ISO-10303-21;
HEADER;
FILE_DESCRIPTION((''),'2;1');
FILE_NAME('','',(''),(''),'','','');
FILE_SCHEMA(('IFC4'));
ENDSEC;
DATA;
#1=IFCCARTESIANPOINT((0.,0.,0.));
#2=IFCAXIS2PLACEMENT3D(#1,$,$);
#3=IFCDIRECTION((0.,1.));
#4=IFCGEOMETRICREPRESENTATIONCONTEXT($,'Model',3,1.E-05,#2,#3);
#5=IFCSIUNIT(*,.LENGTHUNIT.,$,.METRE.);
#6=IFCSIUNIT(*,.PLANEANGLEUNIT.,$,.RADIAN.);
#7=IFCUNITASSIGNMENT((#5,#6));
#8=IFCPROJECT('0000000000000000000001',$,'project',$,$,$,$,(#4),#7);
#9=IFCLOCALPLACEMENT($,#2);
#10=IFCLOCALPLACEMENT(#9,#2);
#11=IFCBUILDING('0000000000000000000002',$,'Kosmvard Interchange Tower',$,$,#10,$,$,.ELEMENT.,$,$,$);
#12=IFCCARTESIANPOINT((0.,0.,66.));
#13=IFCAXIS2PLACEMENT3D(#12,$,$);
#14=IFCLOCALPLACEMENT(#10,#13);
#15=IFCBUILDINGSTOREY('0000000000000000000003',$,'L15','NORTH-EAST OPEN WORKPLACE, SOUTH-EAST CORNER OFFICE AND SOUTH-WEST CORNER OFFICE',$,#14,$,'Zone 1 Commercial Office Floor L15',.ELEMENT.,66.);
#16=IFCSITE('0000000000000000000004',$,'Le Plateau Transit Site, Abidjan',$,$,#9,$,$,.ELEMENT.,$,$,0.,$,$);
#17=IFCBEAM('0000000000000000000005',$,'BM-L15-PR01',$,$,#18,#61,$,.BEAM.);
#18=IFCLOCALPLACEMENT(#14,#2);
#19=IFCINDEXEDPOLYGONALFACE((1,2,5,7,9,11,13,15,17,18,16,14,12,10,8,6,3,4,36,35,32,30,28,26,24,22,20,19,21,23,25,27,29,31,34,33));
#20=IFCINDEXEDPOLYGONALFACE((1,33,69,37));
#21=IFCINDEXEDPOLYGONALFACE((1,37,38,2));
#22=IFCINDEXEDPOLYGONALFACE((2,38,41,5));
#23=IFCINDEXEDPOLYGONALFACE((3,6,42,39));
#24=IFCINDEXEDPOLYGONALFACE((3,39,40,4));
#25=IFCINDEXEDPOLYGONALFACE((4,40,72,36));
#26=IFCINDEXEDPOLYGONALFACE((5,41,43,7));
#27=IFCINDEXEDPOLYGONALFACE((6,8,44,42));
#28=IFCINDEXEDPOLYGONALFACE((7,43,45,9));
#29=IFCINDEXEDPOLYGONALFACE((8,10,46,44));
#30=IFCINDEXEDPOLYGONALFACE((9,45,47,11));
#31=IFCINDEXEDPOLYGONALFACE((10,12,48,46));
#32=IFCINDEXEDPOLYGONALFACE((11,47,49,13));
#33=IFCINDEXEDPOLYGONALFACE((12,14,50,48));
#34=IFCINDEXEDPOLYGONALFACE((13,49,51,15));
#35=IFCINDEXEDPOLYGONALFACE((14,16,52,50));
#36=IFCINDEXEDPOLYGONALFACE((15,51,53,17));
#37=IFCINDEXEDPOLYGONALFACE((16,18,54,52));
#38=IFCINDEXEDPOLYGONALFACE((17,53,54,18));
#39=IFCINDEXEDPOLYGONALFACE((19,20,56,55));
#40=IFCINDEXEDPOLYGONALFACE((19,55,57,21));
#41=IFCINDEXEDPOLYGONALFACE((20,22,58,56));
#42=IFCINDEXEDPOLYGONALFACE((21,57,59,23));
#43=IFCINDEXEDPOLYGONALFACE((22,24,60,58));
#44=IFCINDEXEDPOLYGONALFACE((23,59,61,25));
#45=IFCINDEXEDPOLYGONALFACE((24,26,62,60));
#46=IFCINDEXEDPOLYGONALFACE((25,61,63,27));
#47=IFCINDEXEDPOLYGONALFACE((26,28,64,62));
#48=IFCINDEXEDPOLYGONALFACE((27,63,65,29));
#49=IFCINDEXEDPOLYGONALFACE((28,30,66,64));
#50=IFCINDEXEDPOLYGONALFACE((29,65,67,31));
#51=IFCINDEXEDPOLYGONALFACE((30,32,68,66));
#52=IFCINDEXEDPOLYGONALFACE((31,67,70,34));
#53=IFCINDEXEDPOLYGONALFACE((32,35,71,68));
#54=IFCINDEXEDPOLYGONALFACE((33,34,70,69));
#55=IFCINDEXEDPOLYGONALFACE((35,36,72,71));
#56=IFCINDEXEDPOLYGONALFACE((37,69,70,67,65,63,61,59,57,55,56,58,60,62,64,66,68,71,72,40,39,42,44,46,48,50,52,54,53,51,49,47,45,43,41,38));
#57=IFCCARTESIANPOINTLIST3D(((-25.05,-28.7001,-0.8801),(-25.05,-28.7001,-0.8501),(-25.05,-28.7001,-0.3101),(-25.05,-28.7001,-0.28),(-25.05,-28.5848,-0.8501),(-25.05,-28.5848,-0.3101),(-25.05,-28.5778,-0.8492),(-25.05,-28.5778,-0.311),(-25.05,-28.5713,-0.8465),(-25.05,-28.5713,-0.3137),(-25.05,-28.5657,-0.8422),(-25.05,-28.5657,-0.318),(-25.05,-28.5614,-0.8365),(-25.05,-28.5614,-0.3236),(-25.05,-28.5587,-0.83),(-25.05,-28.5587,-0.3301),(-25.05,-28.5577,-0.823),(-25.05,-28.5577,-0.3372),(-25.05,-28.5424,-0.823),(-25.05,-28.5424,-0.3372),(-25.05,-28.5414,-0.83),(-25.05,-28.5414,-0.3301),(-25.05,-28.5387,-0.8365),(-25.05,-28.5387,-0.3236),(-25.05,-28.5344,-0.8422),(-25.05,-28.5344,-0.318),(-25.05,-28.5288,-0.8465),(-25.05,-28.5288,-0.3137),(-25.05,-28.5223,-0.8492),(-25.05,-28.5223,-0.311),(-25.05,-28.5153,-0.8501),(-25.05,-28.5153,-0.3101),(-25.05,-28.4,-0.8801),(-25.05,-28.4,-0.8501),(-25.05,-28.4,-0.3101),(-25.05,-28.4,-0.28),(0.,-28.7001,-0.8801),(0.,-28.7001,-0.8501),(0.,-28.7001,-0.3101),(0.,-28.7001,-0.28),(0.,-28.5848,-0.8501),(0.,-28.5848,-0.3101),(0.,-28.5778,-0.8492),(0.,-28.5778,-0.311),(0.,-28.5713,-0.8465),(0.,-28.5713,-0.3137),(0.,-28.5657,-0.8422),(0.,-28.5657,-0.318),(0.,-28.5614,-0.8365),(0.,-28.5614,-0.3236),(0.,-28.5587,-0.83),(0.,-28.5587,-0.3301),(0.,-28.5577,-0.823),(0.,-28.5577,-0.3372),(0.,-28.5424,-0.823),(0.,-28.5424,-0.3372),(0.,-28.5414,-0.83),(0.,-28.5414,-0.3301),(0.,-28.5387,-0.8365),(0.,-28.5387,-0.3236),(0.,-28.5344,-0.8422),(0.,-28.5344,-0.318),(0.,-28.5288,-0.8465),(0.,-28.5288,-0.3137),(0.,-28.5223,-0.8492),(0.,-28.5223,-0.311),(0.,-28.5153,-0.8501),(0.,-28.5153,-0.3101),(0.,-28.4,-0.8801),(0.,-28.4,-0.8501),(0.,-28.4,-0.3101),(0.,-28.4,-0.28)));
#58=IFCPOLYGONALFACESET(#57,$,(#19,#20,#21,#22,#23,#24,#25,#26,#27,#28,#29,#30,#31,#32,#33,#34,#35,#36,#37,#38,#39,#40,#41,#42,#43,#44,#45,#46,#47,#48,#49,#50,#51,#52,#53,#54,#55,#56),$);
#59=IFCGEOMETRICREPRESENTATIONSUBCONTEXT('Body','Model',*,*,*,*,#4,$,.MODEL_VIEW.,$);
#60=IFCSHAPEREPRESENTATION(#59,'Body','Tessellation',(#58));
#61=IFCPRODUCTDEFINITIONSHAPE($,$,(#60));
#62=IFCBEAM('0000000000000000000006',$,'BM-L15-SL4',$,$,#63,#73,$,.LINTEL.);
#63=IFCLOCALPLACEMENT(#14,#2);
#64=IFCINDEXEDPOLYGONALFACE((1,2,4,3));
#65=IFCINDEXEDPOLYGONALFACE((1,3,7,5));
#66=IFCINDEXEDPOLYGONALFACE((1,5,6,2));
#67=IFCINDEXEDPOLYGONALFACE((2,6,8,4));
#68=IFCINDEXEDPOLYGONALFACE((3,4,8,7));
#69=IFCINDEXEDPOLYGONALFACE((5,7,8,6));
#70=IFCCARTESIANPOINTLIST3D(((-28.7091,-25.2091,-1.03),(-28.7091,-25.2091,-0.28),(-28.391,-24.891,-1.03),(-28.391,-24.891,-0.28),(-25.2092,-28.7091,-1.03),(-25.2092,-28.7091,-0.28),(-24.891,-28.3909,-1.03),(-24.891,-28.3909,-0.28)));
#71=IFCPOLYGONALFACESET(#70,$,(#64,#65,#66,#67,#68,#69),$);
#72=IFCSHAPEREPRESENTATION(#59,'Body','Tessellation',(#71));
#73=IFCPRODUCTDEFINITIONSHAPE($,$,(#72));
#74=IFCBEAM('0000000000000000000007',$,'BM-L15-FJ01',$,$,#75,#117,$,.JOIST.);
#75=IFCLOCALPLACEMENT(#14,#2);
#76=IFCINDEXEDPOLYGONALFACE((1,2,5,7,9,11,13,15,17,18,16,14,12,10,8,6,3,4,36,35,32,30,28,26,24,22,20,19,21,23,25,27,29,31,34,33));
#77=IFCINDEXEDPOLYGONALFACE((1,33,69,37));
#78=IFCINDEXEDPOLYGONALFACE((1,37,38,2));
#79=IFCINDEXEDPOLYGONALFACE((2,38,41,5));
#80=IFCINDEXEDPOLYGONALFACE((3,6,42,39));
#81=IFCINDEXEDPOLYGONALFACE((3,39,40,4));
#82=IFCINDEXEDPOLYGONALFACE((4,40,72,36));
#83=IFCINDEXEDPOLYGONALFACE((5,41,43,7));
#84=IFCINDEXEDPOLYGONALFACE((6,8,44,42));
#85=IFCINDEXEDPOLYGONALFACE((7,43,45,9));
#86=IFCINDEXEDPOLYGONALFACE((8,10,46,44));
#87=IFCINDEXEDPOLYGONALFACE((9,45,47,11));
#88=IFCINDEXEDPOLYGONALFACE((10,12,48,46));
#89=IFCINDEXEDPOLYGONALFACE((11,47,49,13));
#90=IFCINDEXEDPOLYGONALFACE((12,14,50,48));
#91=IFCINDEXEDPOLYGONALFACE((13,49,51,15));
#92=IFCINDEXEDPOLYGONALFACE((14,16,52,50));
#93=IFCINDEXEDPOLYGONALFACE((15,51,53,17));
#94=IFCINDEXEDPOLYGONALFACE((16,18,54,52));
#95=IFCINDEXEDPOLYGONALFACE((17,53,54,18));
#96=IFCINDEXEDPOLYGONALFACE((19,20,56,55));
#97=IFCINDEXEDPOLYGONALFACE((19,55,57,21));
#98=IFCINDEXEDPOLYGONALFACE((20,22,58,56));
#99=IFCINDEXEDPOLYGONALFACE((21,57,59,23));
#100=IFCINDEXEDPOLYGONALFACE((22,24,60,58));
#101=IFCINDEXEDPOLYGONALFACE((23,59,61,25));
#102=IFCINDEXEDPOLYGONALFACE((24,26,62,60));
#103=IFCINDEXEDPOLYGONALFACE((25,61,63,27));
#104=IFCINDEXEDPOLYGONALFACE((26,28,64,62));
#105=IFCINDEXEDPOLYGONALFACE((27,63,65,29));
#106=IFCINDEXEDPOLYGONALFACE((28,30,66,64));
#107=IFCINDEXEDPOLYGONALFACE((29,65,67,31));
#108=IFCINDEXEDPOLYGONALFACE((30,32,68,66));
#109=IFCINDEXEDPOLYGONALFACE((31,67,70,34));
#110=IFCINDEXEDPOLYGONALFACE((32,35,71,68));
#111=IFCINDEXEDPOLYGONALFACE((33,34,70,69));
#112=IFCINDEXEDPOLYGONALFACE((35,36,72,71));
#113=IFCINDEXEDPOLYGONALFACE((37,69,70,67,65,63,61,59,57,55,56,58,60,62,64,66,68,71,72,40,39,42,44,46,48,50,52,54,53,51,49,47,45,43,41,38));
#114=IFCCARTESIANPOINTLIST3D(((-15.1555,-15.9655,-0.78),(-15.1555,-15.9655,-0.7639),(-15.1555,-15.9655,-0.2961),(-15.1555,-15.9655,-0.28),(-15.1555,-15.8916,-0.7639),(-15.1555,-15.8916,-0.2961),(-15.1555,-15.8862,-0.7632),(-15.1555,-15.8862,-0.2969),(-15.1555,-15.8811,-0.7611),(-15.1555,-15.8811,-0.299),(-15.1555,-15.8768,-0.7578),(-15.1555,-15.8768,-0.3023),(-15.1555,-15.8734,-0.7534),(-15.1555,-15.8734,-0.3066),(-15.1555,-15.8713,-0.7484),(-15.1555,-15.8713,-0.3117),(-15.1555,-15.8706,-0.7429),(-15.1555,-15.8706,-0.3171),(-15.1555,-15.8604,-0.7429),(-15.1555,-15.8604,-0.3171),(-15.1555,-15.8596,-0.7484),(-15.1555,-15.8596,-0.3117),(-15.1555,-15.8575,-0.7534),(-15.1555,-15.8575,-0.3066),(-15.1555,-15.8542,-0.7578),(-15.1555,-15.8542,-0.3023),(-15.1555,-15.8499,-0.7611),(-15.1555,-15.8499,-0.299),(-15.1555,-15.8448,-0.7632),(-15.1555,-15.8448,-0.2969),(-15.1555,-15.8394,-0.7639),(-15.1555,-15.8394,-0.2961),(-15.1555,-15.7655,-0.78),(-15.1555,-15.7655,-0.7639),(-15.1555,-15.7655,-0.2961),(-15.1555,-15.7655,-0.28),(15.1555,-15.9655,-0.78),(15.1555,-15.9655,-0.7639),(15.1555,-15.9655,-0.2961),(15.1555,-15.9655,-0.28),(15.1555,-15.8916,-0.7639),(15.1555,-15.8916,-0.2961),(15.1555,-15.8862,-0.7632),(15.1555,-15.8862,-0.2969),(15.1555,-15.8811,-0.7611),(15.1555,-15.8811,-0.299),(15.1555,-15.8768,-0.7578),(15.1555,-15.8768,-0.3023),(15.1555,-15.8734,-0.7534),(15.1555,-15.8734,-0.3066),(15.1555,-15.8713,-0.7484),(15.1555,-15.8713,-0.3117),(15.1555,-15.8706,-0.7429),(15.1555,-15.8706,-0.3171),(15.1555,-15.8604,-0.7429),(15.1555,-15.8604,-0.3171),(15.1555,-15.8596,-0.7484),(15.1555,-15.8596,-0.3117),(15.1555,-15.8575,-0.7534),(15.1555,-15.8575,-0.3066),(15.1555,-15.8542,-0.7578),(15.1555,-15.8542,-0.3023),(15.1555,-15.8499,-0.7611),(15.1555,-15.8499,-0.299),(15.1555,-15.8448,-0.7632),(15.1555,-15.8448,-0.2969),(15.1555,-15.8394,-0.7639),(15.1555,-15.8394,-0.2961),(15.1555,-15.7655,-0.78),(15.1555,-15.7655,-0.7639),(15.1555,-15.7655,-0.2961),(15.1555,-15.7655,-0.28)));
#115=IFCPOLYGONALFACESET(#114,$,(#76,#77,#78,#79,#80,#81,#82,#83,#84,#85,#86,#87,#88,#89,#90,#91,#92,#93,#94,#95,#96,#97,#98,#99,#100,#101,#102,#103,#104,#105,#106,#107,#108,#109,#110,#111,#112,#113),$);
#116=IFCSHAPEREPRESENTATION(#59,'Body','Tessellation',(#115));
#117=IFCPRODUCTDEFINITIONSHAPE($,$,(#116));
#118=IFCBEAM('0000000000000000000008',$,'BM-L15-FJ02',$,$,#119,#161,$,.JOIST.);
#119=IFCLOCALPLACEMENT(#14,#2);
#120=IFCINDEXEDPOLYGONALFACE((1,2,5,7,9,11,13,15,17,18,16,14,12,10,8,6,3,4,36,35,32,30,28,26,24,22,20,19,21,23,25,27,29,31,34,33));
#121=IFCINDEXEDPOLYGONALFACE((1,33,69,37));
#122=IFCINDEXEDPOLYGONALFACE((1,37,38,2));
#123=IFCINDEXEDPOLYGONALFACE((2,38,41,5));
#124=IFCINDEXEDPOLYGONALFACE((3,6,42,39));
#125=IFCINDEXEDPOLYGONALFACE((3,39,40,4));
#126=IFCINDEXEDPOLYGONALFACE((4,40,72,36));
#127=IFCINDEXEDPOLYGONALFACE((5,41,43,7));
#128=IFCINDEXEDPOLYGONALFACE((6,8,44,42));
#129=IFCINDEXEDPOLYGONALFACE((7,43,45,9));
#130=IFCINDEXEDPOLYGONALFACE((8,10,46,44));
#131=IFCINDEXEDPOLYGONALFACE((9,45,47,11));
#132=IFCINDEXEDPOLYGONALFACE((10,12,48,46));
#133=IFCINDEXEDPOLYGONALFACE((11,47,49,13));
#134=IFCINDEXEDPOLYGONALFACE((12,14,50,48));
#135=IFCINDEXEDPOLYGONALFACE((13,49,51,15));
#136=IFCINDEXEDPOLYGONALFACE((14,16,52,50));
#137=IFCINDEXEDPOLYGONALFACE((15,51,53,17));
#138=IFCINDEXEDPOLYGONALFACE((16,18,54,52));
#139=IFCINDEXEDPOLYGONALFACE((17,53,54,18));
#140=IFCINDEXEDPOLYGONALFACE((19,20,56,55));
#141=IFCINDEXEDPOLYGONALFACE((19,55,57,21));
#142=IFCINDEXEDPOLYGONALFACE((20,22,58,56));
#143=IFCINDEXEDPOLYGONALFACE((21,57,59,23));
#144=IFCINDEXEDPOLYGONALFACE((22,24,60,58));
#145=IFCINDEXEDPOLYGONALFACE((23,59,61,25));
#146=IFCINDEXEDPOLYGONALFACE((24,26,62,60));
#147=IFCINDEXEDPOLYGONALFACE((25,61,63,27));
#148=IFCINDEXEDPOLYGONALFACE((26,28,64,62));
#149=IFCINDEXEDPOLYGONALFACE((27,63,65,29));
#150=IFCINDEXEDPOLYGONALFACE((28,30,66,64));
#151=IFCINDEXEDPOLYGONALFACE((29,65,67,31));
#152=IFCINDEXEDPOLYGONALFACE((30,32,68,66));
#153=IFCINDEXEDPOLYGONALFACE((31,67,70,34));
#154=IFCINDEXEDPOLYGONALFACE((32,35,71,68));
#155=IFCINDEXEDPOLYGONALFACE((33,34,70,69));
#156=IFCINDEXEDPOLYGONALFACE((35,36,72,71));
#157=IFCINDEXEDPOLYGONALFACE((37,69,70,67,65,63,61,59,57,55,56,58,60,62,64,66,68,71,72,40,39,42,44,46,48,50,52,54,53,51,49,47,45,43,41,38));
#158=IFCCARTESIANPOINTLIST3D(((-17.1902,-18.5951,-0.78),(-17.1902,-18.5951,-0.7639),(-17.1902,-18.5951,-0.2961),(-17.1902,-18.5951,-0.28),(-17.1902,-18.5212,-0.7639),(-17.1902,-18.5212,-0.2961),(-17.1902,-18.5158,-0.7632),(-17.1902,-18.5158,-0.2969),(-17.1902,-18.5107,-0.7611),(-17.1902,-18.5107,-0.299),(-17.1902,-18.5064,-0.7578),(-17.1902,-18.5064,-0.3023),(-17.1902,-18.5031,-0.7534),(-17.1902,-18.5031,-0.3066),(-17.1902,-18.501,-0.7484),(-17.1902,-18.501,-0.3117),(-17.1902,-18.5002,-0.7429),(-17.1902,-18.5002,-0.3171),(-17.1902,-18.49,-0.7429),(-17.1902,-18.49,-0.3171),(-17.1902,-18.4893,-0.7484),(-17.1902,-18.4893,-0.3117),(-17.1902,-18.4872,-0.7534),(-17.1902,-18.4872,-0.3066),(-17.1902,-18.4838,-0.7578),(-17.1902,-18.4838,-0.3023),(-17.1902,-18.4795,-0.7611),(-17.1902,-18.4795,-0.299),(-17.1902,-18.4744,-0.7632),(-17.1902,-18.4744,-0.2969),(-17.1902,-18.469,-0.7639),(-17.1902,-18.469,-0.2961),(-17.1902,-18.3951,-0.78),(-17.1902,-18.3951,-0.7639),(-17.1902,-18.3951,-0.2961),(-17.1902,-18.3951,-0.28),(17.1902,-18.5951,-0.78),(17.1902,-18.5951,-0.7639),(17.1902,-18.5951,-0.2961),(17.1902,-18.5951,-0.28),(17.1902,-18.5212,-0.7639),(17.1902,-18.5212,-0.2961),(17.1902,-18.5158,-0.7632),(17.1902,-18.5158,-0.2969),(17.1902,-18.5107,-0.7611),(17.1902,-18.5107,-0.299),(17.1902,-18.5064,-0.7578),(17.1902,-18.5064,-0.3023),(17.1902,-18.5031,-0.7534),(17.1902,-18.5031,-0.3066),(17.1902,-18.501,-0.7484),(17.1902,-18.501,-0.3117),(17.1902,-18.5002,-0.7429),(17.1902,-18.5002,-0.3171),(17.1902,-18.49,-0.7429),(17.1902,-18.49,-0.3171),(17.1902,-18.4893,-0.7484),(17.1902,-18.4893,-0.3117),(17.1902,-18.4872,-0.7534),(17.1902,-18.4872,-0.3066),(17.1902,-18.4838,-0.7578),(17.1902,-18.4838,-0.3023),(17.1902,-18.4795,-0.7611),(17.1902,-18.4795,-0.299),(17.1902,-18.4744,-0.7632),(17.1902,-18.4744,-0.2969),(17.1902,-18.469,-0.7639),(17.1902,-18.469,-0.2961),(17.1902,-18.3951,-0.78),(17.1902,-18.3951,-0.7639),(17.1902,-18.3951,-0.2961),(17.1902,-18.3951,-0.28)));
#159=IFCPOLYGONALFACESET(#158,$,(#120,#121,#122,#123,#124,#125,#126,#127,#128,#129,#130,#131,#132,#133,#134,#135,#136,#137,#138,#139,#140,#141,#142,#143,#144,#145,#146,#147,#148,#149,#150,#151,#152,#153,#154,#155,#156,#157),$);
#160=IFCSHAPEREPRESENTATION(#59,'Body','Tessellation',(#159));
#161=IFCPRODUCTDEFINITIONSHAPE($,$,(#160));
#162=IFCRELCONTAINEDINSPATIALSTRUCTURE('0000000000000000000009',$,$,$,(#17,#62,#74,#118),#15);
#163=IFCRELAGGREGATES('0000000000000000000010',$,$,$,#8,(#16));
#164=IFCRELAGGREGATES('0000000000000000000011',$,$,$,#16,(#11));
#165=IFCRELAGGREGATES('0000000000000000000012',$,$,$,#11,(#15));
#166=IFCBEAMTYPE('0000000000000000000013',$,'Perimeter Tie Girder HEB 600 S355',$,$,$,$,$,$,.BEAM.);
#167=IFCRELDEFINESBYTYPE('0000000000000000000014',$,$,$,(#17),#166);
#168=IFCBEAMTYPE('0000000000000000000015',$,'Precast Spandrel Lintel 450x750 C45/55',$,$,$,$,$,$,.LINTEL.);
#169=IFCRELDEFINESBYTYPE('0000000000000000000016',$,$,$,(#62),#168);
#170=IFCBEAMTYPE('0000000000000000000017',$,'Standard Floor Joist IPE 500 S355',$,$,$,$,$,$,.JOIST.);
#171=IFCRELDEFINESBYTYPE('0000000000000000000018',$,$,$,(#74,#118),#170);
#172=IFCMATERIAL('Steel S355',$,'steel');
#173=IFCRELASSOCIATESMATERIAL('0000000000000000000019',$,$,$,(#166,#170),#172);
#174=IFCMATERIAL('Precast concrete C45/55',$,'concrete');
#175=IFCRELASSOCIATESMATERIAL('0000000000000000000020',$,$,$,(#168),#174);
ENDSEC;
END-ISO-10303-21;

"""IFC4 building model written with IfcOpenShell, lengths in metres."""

from ifc_helpers import new_model, si_unit, direction, frame, origin, origin_2d, place, context, subcontext, project, spatial, rectangle, i_section, extrude, source, transform, mapped, material, material_profile, profile_set, type_object, element, save


model = new_model("IFC4")

# Units and contexts
model_context = context("Model", 3, precision=1e-05, world=origin(), true_north=direction((0.0, 1.0)))
body_context = subcontext(model_context, "Body", "Model", "MODEL_VIEW")
ifc_project = project(units=[si_unit("LENGTHUNIT", "METRE"), si_unit("PLANEANGLEUNIT", "RADIAN")], contexts=[model_context])

# Site, building, storey
site_placement = place(None, origin())
site = spatial("IfcSite", under=ifc_project, at=site_placement, Name="Le Plateau Transit Site, Abidjan", CompositionType="ELEMENT", RefElevation=0.0)
building_placement = place(site_placement, origin())
building = spatial("IfcBuilding", under=site, at=building_placement, Name="Kosmvard Interchange Tower", CompositionType="ELEMENT")
storey_placement = place(building_placement, frame((0.0, 0.0, 66.0)))
storey = spatial("IfcBuildingStorey", under=building, at=storey_placement, Name="L15", Description="NORTH-EAST OPEN WORKPLACE, SOUTH-EAST CORNER OFFICE AND SOUTH-WEST CORNER OFFICE", LongName="Zone 1 Commercial Office Floor L15", CompositionType="ELEMENT", Elevation=66.0)

# Beams
ifc_material_1 = material(Name="Steel S355", Category="steel")
ifc_material_profile_1 = material_profile(ifc_material_1, i_section(OverallWidth=0.3, OverallDepth=0.6001, WebThickness=0.0154, FlangeThickness=0.03, FilletRadius=0.0271, at=origin_2d()), Name="HEB 600")
ifc_profile_set_1 = profile_set([ifc_material_profile_1], Name="Steel S355")
beam_type_1 = type_object("IfcBeamType", Name="Perimeter Tie Girder HEB 600 S355", PredefinedType="BEAM", material=ifc_profile_set_1)
shared_shape_1 = source(origin(), body_context, "Body", "SweptSolid", [
    extrude(i_section(OverallWidth=0.3, OverallDepth=0.6001, WebThickness=0.0154, FlangeThickness=0.03, FilletRadius=0.0271, at=origin_2d()), origin(), (0.0, 0.0, 1.0), 25.05),
])
beam_1_placement = place(storey_placement, frame((-25.05, -28.55, -0.5801), z_axis=(1.0, 0.0, 0.0), x_axis=(0.0, 1.0, 0.0)))
element("IfcBeam", 1, at=beam_1_placement, inside=storey, type_object=beam_type_1, Name="BM-L15-PR01", PredefinedType="BEAM", context=body_context, shape_type="MappedRepresentation", body=[
    mapped(shared_shape_1, transform((0.0, 0.0, 0.0), scale=1.0)),
])
ifc_material_2 = material(Name="Precast concrete C45/55", Category="concrete")
ifc_material_profile_2 = material_profile(ifc_material_2, rectangle(XDim=0.45, YDim=0.75, at=origin_2d()), Name="SL 450x750")
ifc_profile_set_2 = profile_set([ifc_material_profile_2], Name="Precast concrete C45/55")
beam_type_2 = type_object("IfcBeamType", Name="Precast Spandrel Lintel 450x750 C45/55", PredefinedType="LINTEL", material=ifc_profile_set_2)
shared_shape_2 = source(origin(), body_context, "Body", "SweptSolid", [
    extrude(rectangle(XDim=0.45, YDim=0.75, at=origin_2d()), origin(), (0.0, 0.0, 1.0), 4.9497),
])
beam_2_placement = place(storey_placement, frame((-28.55, -25.05, -0.655), z_axis=(0.707107, -0.707107, 0.0), x_axis=(0.707107, 0.707107, 0.0)))
element("IfcBeam", 2, at=beam_2_placement, inside=storey, type_object=beam_type_2, Name="BM-L15-SL4", PredefinedType="LINTEL", context=body_context, shape_type="MappedRepresentation", body=[
    mapped(shared_shape_2, transform((0.0, 0.0, 0.0), scale=1.0)),
])
ifc_material_profile_3 = material_profile(ifc_material_1, i_section(OverallWidth=0.2, OverallDepth=0.5, WebThickness=0.0103, FlangeThickness=0.0161, FilletRadius=0.021, at=origin_2d()), Name="IPE 500")
ifc_profile_set_3 = profile_set([ifc_material_profile_3], Name="Steel S355")
beam_type_3 = type_object("IfcBeamType", Name="Standard Floor Joist IPE 500 S355", PredefinedType="JOIST", material=ifc_profile_set_3)
shared_shape_3 = source(origin(), body_context, "Body", "SweptSolid", [
    extrude(i_section(OverallWidth=0.2, OverallDepth=0.5, WebThickness=0.0103, FlangeThickness=0.0161, FilletRadius=0.021, at=origin_2d()), origin(), (0.0, 0.0, 1.0), 30.311),
])
beam_3_placement = place(storey_placement, frame((-15.1555, -15.8655, -0.53), z_axis=(1.0, 0.0, 0.0), x_axis=(0.0, 1.0, 0.0)))
element("IfcBeam", 3, at=beam_3_placement, inside=storey, type_object=beam_type_3, Name="BM-L15-FJ01", PredefinedType="JOIST", context=body_context, shape_type="MappedRepresentation", body=[
    mapped(shared_shape_3, transform((0.0, 0.0, 0.0), scale=1.0)),
])
shared_shape_4 = source(origin(), body_context, "Body", "SweptSolid", [
    extrude(i_section(OverallWidth=0.2, OverallDepth=0.5, WebThickness=0.0103, FlangeThickness=0.0161, FilletRadius=0.021, at=origin_2d()), origin(), (0.0, 0.0, 1.0), 34.3804),
])
beam_4_placement = place(storey_placement, frame((-17.1902, -18.4951, -0.53), z_axis=(1.0, 0.0, 0.0), x_axis=(0.0, 1.0, 0.0)))
element("IfcBeam", 4, at=beam_4_placement, inside=storey, type_object=beam_type_3, Name="BM-L15-FJ02", PredefinedType="JOIST", context=body_context, shape_type="MappedRepresentation", body=[
    mapped(shared_shape_4, transform((0.0, 0.0, 0.0), scale=1.0)),
])

save(model, "model.ifc")
